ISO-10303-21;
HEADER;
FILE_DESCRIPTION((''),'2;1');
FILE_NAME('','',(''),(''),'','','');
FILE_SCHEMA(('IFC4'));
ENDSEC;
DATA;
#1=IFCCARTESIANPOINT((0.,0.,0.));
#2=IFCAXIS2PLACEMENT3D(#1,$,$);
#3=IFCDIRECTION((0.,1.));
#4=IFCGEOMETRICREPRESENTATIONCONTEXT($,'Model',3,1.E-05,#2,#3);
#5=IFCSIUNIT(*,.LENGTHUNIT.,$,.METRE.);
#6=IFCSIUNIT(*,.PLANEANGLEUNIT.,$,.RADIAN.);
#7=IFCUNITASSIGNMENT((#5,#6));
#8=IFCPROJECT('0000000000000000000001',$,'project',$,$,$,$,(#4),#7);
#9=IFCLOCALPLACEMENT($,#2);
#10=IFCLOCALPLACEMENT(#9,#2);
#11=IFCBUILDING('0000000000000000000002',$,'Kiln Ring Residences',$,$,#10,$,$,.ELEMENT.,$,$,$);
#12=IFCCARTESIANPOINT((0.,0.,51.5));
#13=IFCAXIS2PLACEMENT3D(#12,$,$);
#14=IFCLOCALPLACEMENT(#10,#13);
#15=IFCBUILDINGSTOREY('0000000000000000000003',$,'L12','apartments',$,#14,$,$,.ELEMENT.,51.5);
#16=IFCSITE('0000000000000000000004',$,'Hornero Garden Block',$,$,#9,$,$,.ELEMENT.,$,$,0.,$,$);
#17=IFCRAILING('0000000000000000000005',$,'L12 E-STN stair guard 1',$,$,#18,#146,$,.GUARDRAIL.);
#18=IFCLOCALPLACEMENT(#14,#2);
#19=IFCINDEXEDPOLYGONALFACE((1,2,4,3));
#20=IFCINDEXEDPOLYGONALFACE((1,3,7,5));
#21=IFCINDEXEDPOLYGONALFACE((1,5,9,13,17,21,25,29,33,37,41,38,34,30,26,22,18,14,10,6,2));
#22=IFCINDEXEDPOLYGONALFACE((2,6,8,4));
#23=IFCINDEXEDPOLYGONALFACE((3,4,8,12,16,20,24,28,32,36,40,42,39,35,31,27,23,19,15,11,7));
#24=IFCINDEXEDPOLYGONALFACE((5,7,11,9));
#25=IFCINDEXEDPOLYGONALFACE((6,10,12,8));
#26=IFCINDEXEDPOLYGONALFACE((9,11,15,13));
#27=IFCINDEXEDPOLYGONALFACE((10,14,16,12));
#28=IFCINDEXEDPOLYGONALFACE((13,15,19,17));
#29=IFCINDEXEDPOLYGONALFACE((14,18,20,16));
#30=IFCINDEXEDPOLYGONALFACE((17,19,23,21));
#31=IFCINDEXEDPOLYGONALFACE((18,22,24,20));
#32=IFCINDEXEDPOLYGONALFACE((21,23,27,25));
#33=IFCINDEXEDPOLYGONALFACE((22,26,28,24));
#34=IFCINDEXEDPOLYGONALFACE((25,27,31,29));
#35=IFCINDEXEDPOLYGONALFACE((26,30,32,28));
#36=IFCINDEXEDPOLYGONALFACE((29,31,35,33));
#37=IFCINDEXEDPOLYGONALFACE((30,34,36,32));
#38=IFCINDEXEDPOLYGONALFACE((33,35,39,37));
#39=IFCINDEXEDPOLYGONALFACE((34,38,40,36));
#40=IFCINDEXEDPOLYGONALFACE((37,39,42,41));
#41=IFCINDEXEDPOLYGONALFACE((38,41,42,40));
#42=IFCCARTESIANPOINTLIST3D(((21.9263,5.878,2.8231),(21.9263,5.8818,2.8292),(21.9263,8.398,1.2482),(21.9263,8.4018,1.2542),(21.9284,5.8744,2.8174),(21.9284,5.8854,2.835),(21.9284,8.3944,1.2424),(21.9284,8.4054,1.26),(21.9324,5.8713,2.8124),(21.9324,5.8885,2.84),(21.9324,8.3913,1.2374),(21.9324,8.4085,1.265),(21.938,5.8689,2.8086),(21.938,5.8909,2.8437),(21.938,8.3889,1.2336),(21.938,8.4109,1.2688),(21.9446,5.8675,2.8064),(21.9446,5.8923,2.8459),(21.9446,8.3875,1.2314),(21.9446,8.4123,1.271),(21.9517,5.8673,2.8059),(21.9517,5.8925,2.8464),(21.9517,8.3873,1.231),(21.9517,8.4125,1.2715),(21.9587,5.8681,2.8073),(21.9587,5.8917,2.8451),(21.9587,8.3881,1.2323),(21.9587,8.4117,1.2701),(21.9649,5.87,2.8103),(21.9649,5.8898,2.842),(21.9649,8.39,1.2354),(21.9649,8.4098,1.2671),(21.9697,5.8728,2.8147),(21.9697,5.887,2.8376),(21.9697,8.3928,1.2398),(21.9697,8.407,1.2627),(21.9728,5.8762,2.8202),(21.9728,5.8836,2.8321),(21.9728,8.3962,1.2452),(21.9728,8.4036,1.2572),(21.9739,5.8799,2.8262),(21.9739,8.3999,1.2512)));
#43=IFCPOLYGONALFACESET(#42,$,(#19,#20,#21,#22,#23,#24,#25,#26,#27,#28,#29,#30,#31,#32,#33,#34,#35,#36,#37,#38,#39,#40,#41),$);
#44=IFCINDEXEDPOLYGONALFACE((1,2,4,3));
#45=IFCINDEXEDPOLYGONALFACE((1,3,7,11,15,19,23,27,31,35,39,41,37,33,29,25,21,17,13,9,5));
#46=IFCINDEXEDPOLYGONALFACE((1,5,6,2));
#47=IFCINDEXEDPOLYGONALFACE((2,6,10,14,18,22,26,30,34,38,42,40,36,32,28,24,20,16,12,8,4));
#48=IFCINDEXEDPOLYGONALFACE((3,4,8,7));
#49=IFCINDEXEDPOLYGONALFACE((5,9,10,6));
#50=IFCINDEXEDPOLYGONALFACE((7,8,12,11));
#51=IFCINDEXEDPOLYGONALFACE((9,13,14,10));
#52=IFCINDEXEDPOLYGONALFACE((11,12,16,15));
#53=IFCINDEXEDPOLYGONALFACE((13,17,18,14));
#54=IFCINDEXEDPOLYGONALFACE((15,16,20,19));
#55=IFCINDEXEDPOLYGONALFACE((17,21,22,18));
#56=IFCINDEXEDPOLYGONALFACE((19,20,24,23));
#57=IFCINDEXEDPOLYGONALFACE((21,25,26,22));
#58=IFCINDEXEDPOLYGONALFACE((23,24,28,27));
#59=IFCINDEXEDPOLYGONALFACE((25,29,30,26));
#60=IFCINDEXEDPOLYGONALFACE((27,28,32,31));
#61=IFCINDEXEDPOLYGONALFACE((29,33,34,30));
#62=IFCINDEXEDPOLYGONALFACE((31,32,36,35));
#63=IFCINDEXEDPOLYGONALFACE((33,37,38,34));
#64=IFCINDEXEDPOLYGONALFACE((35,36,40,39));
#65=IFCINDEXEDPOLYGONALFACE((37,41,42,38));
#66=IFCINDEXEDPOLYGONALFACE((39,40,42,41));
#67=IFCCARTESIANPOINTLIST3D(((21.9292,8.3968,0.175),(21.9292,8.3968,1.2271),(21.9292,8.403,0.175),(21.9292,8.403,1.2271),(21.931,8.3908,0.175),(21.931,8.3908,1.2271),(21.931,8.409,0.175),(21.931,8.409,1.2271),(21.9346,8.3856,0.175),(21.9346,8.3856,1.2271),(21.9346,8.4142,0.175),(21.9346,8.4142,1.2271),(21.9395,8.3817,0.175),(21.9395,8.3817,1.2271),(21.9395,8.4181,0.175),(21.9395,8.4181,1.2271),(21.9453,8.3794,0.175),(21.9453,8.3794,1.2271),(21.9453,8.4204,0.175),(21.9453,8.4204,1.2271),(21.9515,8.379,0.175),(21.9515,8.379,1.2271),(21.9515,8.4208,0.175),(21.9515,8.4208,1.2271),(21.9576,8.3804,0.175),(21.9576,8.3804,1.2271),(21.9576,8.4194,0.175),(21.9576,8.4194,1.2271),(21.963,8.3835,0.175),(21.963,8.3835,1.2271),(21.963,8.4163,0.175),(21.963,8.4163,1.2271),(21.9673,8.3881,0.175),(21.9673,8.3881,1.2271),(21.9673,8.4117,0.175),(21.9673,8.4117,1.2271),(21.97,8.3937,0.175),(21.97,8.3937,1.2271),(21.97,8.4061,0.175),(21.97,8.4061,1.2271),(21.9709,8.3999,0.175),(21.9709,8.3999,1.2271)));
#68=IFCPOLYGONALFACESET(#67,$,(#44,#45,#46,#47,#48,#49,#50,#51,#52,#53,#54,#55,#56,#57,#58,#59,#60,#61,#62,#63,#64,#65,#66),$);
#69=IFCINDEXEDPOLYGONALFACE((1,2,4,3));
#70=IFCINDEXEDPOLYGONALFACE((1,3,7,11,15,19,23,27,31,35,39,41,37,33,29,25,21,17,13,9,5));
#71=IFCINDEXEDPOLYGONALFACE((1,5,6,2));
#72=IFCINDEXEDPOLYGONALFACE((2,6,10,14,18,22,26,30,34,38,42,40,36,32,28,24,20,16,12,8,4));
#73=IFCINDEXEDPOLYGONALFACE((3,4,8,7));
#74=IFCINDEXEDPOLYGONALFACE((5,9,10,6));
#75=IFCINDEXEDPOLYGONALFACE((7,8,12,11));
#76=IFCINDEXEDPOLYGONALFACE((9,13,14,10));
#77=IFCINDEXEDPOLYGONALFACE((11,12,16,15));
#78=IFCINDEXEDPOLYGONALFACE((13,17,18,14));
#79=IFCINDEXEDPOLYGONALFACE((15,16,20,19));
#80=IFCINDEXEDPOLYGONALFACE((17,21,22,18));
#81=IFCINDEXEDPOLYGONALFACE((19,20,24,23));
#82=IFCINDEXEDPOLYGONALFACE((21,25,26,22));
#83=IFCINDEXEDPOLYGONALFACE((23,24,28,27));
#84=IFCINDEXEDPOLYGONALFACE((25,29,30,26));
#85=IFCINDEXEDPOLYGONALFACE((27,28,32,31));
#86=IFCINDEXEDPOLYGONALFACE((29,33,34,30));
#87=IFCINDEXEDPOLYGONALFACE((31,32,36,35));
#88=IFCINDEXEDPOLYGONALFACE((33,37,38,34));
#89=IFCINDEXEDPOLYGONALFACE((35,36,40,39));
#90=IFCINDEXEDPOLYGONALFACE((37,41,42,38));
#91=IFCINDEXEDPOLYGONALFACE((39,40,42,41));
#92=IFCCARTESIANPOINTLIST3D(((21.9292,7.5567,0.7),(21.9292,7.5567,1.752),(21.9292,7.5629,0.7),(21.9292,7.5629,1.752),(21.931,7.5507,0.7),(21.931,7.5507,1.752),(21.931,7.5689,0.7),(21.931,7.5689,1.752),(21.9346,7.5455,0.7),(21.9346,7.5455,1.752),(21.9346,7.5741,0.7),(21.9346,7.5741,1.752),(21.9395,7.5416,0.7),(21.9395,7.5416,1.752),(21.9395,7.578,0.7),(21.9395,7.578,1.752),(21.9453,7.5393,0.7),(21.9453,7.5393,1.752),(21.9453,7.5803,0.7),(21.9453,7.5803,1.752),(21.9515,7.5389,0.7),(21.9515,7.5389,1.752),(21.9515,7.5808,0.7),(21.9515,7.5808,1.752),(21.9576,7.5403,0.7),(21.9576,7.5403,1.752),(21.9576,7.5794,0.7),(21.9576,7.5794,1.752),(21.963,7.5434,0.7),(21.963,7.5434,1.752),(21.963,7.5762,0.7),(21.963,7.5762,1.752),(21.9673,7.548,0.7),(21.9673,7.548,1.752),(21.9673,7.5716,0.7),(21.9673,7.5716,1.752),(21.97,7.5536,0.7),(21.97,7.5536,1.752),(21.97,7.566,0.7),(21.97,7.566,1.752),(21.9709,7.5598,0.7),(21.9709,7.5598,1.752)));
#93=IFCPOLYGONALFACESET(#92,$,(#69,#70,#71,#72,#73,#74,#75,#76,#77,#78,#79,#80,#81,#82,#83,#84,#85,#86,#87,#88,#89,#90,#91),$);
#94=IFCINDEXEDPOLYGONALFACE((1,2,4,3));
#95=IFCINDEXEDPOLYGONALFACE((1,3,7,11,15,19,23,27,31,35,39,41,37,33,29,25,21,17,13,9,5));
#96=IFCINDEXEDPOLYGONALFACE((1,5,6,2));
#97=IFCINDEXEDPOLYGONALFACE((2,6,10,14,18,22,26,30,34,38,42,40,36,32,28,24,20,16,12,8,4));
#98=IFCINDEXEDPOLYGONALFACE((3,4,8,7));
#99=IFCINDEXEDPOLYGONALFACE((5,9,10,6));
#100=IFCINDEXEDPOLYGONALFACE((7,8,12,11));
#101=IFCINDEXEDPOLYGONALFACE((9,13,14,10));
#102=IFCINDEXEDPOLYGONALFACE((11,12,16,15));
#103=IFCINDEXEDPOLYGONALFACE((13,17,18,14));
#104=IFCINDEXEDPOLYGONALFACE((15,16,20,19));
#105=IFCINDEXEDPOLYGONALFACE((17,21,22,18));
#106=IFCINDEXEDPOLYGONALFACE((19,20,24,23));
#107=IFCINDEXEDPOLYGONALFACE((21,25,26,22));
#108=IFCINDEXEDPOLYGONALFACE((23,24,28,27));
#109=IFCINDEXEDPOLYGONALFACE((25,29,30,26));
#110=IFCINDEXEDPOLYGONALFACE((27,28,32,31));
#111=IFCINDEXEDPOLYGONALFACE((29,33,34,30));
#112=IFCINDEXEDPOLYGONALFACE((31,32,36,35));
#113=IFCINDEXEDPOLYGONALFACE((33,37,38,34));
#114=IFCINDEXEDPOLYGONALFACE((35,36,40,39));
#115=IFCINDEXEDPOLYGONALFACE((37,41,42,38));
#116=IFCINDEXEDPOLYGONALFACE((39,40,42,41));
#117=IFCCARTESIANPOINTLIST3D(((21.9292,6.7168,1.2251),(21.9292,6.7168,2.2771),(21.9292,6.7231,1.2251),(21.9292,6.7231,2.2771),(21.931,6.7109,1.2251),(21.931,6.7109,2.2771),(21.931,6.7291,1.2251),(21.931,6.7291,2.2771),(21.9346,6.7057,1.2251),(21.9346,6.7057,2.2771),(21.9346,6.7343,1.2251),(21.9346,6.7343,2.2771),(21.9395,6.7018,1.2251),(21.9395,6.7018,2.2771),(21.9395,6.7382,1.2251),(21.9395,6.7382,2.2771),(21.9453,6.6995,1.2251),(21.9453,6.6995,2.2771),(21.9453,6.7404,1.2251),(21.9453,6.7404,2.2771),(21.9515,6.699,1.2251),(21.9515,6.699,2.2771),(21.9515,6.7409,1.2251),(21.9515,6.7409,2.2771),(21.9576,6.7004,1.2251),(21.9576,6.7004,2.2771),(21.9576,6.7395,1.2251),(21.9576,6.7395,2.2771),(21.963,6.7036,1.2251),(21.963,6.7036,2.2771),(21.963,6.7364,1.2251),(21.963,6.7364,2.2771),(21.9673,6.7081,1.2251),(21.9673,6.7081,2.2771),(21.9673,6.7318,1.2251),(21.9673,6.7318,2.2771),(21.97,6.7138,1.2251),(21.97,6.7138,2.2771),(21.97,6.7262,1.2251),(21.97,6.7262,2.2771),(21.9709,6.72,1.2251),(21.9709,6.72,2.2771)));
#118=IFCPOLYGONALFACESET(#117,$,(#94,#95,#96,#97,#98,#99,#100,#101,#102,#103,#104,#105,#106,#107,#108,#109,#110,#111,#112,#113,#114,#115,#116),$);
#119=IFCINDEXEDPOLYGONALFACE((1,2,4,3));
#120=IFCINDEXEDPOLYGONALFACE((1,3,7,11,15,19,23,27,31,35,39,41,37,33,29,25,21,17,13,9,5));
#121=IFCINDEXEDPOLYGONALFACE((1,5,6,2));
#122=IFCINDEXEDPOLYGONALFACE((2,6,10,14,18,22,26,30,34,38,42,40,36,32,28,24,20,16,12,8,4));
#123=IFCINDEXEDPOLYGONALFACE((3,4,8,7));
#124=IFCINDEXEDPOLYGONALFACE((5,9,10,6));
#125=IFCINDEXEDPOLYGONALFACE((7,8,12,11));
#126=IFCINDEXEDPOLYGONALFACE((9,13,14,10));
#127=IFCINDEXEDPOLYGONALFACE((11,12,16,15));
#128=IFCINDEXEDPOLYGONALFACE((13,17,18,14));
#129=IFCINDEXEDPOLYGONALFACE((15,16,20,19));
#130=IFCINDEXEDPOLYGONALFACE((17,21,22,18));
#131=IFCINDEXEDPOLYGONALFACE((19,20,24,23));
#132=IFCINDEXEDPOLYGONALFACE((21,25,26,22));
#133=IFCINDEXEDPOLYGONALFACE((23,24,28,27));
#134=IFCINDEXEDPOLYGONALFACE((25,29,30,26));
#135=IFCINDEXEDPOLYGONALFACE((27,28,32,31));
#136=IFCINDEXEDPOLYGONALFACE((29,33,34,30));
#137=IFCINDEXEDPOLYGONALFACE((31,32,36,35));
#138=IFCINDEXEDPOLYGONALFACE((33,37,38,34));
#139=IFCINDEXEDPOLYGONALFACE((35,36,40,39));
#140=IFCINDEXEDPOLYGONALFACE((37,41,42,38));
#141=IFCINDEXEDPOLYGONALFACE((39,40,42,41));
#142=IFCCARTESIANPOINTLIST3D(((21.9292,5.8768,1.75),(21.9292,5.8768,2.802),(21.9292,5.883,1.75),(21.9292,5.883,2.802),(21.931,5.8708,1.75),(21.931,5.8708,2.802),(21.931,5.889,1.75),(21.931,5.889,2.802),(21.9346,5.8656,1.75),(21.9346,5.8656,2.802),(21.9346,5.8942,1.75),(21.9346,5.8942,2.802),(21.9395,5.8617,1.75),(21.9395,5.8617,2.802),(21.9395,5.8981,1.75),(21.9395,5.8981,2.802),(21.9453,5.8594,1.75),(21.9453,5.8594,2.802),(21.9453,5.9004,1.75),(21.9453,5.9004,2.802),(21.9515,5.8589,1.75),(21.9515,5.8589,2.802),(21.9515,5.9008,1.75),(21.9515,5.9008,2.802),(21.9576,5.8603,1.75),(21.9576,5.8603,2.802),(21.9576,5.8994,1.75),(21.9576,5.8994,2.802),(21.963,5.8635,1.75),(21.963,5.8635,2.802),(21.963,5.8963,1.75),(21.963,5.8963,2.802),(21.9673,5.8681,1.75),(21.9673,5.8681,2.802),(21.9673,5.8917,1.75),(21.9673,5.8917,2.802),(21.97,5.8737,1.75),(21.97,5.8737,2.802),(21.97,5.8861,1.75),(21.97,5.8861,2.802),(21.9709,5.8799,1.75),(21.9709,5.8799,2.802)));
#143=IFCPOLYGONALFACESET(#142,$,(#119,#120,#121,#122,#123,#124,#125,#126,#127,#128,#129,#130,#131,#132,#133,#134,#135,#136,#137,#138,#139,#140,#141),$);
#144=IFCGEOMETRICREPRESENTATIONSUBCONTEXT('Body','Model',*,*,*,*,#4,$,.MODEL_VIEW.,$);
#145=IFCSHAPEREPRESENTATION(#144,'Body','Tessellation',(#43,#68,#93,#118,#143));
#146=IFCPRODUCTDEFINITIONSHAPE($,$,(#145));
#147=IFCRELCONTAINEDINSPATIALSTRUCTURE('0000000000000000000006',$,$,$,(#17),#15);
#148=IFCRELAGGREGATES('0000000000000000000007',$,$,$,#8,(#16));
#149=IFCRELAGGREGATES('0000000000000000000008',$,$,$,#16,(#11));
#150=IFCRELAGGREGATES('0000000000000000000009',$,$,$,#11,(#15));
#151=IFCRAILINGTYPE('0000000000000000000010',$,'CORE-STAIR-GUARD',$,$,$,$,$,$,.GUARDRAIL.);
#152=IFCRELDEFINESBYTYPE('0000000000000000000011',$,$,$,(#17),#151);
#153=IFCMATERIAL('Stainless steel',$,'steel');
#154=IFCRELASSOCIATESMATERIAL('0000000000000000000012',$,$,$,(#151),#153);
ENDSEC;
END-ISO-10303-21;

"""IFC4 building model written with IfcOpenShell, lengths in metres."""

from ifc_helpers import new_model, si_unit, direction, frame, origin, origin_2d, place, context, subcontext, project, spatial, circle, extrude, material, type_object, element, save


model = new_model("IFC4")

# Units and contexts
model_context = context("Model", 3, precision=1e-05, world=origin(), true_north=direction((0.0, 1.0)))
body_context = subcontext(model_context, "Body", "Model", "MODEL_VIEW")
ifc_project = project(units=[si_unit("LENGTHUNIT", "METRE"), si_unit("PLANEANGLEUNIT", "RADIAN")], contexts=[model_context])

# Site, building, storey
site_placement = place(None, origin())
site = spatial("IfcSite", under=ifc_project, at=site_placement, Name="Hornero Garden Block", CompositionType="ELEMENT", RefElevation=0.0)
building_placement = place(site_placement, origin())
building = spatial("IfcBuilding", under=site, at=building_placement, Name="Kiln Ring Residences", CompositionType="ELEMENT")
storey_placement = place(building_placement, frame((0.0, 0.0, 51.5)))
storey = spatial("IfcBuildingStorey", under=building, at=storey_placement, Name="L12", Description="apartments", CompositionType="ELEMENT", Elevation=51.5)

# Railing
ifc_material_1 = material(Name="Stainless steel", Category="steel")
railing_type_1 = type_object("IfcRailingType", Name="CORE-STAIR-GUARD", PredefinedType="GUARDRAIL", material=ifc_material_1)
railing_1_placement = place(storey_placement, frame((21.95, 8.3999, 0.175)))
element("IfcRailing", 1, at=railing_1_placement, inside=storey, type_object=railing_type_1, Name="L12 E-STN stair guard 1", PredefinedType="GUARDRAIL", context=body_context, shape_type="SweptSolid", body=[
    extrude(circle(Radius=0.0239, at=origin_2d()), frame((0.0, 0.0, 1.0762), z_axis=(0.0, -0.848008, 0.529984), x_axis=(1.0, 0.0, 0.0)), (0.0, 0.0, 1.0), 2.9717),
    extrude(circle(Radius=0.021, at=origin_2d()), origin(), (0.0, 0.0, 1.0), 1.052),
    extrude(circle(Radius=0.021, at=origin_2d()), frame((0.0, -0.8401, 0.5249)), (0.0, 0.0, 1.0), 1.052),
    extrude(circle(Radius=0.021, at=origin_2d()), frame((0.0, -1.6799, 1.05)), (0.0, 0.0, 1.0), 1.052),
    extrude(circle(Radius=0.021, at=origin_2d()), frame((0.0, -2.52, 1.575)), (0.0, 0.0, 1.0), 1.052),
])

save(model, "model.ifc")
